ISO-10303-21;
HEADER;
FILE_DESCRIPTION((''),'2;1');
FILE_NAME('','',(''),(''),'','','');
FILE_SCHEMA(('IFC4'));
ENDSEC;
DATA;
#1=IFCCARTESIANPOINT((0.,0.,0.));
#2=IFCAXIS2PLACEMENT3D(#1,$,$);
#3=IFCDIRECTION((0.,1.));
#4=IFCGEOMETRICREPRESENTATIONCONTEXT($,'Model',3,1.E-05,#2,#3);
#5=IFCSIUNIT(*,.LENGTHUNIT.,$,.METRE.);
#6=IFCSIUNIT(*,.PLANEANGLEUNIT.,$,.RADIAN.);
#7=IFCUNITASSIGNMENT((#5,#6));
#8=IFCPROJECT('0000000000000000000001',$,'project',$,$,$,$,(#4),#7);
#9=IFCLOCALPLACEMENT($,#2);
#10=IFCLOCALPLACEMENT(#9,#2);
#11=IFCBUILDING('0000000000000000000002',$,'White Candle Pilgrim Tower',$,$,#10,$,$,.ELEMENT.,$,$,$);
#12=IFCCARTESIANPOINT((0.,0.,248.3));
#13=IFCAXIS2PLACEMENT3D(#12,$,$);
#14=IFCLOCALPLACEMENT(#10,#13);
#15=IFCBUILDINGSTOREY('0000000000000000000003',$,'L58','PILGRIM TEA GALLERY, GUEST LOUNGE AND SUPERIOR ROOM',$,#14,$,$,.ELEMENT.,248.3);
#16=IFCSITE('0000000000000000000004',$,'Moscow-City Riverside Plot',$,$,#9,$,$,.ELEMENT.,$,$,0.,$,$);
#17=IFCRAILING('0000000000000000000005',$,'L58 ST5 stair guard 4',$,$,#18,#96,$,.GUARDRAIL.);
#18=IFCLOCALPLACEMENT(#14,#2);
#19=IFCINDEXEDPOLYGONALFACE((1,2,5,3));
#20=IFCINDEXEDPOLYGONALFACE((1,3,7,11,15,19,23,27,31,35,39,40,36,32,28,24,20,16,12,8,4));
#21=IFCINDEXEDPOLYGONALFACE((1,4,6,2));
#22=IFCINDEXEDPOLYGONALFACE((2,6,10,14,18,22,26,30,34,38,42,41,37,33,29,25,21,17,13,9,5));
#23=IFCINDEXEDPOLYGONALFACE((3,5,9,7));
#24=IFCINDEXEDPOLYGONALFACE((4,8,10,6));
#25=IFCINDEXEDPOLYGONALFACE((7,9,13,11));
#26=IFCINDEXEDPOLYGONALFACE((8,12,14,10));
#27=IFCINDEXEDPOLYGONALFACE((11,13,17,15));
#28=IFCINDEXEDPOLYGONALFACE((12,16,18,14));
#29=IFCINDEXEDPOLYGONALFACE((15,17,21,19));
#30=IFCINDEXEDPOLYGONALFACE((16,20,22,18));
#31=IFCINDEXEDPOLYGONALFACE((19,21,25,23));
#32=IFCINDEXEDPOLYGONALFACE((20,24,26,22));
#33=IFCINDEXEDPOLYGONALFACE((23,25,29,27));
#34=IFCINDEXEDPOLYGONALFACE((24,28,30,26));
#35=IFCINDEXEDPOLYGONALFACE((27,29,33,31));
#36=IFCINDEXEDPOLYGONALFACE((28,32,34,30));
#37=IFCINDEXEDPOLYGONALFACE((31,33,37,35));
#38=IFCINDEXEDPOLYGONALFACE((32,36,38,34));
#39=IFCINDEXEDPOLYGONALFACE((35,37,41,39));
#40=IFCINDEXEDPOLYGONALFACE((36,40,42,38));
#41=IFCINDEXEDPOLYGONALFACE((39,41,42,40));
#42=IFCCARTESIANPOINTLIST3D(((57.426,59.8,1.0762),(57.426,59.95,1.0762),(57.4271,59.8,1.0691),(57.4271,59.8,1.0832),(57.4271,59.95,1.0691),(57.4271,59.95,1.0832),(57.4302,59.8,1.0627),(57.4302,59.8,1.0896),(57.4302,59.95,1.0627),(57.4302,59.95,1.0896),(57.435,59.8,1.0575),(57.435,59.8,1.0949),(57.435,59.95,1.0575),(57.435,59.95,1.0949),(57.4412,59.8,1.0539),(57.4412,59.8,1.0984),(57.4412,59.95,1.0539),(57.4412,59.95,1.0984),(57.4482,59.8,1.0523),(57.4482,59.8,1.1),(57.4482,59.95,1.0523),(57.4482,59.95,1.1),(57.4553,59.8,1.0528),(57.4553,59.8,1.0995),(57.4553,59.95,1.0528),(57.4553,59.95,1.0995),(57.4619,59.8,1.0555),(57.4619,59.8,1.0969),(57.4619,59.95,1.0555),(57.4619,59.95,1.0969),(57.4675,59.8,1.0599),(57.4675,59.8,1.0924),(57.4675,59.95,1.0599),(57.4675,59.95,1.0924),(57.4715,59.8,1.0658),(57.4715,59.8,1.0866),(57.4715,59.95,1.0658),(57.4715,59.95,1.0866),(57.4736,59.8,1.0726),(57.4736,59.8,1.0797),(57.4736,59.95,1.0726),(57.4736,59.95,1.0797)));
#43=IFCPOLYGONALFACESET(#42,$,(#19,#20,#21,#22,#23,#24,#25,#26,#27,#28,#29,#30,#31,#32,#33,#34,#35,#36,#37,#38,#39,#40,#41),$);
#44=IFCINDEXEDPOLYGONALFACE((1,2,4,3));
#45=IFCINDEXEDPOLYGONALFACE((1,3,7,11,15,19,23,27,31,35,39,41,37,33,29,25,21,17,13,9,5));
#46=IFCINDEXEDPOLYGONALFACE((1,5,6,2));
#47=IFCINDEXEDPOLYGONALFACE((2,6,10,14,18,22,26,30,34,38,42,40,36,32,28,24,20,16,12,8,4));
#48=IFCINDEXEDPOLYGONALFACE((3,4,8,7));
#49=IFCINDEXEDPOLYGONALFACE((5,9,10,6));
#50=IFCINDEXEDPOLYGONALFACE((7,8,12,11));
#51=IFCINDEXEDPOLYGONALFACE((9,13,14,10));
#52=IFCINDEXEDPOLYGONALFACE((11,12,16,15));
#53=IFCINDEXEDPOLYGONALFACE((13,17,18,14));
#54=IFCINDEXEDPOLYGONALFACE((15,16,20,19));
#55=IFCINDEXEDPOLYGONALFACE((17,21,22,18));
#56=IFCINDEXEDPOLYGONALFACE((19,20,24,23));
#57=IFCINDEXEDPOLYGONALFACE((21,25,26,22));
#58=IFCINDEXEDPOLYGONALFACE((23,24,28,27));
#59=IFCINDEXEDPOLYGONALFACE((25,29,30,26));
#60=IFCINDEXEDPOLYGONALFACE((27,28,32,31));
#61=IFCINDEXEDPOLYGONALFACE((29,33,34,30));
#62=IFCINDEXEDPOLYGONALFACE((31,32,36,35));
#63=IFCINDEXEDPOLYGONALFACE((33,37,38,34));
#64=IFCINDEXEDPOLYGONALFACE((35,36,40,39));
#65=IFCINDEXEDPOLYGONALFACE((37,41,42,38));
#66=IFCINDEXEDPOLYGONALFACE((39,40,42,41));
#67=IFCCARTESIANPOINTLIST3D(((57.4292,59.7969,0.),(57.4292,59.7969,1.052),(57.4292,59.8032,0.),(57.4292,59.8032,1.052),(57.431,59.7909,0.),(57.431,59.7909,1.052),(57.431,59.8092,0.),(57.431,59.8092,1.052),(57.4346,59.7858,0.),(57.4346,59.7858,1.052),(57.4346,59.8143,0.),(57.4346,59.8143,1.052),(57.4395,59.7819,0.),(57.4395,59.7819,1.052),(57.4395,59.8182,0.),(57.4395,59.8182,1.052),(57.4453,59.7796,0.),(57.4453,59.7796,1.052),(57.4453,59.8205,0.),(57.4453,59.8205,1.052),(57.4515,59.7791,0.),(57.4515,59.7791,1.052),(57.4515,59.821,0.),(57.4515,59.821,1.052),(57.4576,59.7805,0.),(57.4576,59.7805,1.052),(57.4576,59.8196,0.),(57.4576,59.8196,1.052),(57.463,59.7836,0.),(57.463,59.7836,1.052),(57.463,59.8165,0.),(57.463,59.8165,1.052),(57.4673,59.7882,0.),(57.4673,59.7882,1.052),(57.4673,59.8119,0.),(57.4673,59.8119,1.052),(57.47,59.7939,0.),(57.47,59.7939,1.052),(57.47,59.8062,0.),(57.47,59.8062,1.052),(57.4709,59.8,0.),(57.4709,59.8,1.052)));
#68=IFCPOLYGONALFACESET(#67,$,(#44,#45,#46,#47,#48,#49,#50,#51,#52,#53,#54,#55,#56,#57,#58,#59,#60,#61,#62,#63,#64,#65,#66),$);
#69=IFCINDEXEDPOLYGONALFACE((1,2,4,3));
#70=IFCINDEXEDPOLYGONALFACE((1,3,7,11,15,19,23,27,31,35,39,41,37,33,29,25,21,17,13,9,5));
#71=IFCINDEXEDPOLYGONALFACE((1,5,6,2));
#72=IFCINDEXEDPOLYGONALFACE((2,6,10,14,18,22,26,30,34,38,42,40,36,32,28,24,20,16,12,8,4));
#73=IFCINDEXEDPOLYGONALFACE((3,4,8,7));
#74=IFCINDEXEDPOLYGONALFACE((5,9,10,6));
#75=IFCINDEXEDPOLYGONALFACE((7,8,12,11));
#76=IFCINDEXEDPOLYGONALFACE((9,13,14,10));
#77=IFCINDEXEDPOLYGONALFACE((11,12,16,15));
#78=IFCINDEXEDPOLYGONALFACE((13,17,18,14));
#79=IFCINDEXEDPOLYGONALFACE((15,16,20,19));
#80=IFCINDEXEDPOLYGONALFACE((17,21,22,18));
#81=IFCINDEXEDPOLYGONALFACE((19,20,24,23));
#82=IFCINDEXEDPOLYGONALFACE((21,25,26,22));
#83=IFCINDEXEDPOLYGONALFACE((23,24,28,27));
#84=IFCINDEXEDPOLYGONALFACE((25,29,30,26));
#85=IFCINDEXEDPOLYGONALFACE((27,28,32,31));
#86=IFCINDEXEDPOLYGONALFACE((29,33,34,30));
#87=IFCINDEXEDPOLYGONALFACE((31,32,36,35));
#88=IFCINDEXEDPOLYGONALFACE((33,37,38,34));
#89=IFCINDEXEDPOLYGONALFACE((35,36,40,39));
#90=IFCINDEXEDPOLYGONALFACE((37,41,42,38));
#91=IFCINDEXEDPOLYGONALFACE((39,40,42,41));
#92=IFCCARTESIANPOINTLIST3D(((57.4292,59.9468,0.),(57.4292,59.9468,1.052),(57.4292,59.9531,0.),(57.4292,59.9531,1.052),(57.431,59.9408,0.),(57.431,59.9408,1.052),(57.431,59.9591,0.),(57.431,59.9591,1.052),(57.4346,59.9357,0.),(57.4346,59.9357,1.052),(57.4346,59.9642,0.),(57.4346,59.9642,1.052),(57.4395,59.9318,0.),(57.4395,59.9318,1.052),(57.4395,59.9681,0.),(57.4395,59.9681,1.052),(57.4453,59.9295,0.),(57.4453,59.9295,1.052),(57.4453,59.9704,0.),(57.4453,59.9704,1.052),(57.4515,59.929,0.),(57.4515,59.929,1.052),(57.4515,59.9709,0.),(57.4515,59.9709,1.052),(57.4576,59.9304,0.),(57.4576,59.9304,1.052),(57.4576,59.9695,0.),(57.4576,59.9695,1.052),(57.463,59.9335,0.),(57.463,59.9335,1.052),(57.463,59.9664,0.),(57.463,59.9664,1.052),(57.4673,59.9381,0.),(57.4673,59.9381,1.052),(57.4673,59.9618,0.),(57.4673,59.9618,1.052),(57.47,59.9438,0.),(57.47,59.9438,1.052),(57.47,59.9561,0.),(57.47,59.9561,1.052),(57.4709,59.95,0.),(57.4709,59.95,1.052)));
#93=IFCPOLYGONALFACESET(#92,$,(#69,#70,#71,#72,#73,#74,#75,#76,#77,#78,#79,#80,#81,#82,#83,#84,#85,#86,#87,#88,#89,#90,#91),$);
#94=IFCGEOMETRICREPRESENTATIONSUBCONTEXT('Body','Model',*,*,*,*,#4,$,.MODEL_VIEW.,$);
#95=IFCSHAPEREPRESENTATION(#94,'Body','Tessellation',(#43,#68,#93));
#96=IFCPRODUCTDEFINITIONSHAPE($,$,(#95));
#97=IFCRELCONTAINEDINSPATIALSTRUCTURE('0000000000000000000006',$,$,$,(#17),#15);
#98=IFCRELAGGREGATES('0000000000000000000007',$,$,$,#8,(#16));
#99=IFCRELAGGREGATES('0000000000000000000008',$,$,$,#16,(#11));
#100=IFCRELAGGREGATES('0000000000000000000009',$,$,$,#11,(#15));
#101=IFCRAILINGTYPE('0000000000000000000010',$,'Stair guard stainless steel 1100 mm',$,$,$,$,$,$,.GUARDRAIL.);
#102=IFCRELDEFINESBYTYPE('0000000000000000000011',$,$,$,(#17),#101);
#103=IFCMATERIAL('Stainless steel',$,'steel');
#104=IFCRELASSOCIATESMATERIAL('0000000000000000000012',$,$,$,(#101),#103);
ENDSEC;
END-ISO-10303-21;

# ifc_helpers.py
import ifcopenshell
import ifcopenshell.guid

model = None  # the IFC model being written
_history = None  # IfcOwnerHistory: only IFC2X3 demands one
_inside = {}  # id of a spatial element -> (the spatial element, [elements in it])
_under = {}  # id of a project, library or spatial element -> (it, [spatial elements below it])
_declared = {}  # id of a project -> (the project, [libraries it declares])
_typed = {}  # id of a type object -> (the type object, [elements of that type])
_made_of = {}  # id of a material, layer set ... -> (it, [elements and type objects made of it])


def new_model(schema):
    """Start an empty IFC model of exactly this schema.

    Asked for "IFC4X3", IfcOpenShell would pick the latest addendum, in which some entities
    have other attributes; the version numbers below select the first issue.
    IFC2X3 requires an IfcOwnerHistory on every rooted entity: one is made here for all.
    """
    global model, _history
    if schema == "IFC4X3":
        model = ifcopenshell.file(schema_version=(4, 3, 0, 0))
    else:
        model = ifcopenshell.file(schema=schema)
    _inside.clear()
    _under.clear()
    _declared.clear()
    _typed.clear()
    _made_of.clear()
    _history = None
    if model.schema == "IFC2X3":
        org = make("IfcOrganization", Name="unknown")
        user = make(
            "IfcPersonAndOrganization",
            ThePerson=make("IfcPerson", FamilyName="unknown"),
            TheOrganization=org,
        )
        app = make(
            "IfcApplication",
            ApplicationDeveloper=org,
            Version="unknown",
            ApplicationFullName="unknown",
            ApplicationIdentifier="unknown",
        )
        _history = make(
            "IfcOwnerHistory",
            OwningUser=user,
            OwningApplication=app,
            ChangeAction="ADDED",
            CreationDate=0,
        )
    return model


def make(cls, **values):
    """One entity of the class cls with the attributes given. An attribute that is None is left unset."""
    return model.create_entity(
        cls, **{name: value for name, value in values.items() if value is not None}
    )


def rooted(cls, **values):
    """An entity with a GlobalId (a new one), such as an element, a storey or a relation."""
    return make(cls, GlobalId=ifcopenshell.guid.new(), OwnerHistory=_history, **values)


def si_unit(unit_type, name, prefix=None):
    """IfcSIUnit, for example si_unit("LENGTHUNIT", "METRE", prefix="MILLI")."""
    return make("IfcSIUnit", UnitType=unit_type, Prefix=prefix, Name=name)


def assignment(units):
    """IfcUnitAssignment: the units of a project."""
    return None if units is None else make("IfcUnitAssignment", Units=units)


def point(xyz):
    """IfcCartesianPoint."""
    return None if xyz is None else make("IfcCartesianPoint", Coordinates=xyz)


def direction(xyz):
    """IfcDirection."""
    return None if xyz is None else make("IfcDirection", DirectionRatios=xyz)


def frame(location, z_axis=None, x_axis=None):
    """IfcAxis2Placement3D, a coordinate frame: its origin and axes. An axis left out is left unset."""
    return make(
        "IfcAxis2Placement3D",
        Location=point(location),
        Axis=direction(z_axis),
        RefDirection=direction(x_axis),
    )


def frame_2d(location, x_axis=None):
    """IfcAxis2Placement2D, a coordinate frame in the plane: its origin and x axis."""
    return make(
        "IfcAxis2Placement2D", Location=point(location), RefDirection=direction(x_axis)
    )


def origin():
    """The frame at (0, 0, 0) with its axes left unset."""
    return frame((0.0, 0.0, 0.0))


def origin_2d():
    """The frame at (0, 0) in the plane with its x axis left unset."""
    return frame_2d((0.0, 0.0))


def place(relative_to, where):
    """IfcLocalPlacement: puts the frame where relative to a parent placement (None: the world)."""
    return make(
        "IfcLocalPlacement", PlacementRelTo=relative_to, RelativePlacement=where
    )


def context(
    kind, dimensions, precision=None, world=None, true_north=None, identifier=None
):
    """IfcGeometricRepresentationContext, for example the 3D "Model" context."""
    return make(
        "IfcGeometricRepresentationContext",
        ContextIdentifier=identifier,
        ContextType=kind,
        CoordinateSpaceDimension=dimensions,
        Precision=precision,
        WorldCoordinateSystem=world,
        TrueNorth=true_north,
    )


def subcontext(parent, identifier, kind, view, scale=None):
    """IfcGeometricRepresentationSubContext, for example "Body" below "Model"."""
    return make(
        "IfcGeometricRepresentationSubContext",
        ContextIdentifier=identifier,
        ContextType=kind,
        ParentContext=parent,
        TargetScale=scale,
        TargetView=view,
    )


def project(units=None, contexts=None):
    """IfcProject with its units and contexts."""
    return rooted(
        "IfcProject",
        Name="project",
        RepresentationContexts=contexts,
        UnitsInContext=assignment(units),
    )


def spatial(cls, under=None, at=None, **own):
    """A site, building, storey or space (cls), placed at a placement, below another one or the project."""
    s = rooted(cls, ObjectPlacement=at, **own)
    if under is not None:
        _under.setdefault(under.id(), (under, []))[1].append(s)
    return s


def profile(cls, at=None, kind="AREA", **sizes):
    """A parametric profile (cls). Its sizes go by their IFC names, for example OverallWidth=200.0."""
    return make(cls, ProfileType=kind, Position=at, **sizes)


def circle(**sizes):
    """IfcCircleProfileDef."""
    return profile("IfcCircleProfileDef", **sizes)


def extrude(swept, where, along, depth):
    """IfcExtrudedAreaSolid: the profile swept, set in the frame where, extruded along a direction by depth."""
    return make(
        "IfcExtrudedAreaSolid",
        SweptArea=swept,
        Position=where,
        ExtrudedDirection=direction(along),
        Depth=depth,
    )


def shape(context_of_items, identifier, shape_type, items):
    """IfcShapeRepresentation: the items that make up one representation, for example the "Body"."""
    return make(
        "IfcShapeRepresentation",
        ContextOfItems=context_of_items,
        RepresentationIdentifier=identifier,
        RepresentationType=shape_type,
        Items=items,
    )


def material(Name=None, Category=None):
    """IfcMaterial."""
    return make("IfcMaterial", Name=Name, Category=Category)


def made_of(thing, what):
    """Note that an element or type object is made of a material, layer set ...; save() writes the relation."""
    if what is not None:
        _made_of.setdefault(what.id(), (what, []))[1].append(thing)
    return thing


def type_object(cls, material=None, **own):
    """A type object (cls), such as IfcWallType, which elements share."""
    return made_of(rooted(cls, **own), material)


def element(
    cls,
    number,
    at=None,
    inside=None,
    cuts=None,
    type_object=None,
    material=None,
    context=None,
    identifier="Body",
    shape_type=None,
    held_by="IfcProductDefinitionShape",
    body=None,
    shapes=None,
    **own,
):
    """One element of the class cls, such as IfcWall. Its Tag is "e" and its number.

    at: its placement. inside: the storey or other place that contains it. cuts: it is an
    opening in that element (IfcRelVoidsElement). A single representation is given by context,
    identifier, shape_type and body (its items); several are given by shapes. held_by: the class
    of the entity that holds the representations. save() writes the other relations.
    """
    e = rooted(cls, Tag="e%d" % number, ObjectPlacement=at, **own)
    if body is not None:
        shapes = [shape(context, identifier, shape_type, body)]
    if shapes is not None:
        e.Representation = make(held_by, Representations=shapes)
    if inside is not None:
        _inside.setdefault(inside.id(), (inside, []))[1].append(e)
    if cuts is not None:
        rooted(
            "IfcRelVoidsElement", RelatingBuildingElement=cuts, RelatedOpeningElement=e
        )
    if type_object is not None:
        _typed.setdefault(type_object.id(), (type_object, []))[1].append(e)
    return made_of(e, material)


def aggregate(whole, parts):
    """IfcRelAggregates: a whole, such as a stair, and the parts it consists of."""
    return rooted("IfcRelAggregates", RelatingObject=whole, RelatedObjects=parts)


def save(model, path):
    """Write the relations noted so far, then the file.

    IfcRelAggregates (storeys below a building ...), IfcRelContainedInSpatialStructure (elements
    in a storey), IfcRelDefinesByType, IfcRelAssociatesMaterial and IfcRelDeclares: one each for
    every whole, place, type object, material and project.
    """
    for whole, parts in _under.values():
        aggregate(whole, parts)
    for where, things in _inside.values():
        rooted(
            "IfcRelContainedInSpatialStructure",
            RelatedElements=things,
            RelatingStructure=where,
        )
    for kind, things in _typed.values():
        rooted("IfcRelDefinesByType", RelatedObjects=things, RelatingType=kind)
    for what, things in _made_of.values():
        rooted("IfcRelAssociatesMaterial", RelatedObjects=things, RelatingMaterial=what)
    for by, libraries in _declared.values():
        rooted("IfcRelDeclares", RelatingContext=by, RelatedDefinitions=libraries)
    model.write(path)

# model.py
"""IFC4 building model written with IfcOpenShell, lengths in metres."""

from ifc_helpers import new_model, si_unit, direction, frame, origin, origin_2d, place, context, subcontext, project, spatial, circle, extrude, material, type_object, element, save


model = new_model("IFC4")

# Units and contexts
model_context = context("Model", 3, precision=1e-05, world=origin(), true_north=direction((0.0, 1.0)))
body_context = subcontext(model_context, "Body", "Model", "MODEL_VIEW")
ifc_project = project(units=[si_unit("LENGTHUNIT", "METRE"), si_unit("PLANEANGLEUNIT", "RADIAN")], contexts=[model_context])

# Site, building, storey
site_placement = place(None, origin())
site = spatial("IfcSite", under=ifc_project, at=site_placement, Name="Moscow-City Riverside Plot", CompositionType="ELEMENT", RefElevation=0.0)
building_placement = place(site_placement, origin())
building = spatial("IfcBuilding", under=site, at=building_placement, Name="White Candle Pilgrim Tower", CompositionType="ELEMENT")
storey_placement = place(building_placement, frame((0.0, 0.0, 248.3)))
storey = spatial("IfcBuildingStorey", under=building, at=storey_placement, Name="L58", Description="PILGRIM TEA GALLERY, GUEST LOUNGE AND SUPERIOR ROOM", CompositionType="ELEMENT", Elevation=248.3)

# Railing
ifc_material_1 = material(Name="Stainless steel", Category="steel")
railing_type_1 = type_object("IfcRailingType", Name="Stair guard stainless steel 1100 mm", PredefinedType="GUARDRAIL", material=ifc_material_1)
railing_1_placement = place(storey_placement, frame((57.45, 59.8, 0.0)))
element("IfcRailing", 1, at=railing_1_placement, inside=storey, type_object=railing_type_1, Name="L58 ST5 stair guard 4", PredefinedType="GUARDRAIL", context=body_context, shape_type="SweptSolid", body=[
    extrude(circle(Radius=0.0239, at=origin_2d()), frame((0.0, 0.0, 1.0762), z_axis=(0.0, 1.0, 0.0), x_axis=(-1.0, 0.0, 0.0)), (0.0, 0.0, 1.0), 0.1499),
    extrude(circle(Radius=0.021, at=origin_2d()), origin(), (0.0, 0.0, 1.0), 1.052),
    extrude(circle(Radius=0.021, at=origin_2d()), frame((0.0, 0.1499, 0.0)), (0.0, 0.0, 1.0), 1.052),
])

save(model, "model.ifc")
